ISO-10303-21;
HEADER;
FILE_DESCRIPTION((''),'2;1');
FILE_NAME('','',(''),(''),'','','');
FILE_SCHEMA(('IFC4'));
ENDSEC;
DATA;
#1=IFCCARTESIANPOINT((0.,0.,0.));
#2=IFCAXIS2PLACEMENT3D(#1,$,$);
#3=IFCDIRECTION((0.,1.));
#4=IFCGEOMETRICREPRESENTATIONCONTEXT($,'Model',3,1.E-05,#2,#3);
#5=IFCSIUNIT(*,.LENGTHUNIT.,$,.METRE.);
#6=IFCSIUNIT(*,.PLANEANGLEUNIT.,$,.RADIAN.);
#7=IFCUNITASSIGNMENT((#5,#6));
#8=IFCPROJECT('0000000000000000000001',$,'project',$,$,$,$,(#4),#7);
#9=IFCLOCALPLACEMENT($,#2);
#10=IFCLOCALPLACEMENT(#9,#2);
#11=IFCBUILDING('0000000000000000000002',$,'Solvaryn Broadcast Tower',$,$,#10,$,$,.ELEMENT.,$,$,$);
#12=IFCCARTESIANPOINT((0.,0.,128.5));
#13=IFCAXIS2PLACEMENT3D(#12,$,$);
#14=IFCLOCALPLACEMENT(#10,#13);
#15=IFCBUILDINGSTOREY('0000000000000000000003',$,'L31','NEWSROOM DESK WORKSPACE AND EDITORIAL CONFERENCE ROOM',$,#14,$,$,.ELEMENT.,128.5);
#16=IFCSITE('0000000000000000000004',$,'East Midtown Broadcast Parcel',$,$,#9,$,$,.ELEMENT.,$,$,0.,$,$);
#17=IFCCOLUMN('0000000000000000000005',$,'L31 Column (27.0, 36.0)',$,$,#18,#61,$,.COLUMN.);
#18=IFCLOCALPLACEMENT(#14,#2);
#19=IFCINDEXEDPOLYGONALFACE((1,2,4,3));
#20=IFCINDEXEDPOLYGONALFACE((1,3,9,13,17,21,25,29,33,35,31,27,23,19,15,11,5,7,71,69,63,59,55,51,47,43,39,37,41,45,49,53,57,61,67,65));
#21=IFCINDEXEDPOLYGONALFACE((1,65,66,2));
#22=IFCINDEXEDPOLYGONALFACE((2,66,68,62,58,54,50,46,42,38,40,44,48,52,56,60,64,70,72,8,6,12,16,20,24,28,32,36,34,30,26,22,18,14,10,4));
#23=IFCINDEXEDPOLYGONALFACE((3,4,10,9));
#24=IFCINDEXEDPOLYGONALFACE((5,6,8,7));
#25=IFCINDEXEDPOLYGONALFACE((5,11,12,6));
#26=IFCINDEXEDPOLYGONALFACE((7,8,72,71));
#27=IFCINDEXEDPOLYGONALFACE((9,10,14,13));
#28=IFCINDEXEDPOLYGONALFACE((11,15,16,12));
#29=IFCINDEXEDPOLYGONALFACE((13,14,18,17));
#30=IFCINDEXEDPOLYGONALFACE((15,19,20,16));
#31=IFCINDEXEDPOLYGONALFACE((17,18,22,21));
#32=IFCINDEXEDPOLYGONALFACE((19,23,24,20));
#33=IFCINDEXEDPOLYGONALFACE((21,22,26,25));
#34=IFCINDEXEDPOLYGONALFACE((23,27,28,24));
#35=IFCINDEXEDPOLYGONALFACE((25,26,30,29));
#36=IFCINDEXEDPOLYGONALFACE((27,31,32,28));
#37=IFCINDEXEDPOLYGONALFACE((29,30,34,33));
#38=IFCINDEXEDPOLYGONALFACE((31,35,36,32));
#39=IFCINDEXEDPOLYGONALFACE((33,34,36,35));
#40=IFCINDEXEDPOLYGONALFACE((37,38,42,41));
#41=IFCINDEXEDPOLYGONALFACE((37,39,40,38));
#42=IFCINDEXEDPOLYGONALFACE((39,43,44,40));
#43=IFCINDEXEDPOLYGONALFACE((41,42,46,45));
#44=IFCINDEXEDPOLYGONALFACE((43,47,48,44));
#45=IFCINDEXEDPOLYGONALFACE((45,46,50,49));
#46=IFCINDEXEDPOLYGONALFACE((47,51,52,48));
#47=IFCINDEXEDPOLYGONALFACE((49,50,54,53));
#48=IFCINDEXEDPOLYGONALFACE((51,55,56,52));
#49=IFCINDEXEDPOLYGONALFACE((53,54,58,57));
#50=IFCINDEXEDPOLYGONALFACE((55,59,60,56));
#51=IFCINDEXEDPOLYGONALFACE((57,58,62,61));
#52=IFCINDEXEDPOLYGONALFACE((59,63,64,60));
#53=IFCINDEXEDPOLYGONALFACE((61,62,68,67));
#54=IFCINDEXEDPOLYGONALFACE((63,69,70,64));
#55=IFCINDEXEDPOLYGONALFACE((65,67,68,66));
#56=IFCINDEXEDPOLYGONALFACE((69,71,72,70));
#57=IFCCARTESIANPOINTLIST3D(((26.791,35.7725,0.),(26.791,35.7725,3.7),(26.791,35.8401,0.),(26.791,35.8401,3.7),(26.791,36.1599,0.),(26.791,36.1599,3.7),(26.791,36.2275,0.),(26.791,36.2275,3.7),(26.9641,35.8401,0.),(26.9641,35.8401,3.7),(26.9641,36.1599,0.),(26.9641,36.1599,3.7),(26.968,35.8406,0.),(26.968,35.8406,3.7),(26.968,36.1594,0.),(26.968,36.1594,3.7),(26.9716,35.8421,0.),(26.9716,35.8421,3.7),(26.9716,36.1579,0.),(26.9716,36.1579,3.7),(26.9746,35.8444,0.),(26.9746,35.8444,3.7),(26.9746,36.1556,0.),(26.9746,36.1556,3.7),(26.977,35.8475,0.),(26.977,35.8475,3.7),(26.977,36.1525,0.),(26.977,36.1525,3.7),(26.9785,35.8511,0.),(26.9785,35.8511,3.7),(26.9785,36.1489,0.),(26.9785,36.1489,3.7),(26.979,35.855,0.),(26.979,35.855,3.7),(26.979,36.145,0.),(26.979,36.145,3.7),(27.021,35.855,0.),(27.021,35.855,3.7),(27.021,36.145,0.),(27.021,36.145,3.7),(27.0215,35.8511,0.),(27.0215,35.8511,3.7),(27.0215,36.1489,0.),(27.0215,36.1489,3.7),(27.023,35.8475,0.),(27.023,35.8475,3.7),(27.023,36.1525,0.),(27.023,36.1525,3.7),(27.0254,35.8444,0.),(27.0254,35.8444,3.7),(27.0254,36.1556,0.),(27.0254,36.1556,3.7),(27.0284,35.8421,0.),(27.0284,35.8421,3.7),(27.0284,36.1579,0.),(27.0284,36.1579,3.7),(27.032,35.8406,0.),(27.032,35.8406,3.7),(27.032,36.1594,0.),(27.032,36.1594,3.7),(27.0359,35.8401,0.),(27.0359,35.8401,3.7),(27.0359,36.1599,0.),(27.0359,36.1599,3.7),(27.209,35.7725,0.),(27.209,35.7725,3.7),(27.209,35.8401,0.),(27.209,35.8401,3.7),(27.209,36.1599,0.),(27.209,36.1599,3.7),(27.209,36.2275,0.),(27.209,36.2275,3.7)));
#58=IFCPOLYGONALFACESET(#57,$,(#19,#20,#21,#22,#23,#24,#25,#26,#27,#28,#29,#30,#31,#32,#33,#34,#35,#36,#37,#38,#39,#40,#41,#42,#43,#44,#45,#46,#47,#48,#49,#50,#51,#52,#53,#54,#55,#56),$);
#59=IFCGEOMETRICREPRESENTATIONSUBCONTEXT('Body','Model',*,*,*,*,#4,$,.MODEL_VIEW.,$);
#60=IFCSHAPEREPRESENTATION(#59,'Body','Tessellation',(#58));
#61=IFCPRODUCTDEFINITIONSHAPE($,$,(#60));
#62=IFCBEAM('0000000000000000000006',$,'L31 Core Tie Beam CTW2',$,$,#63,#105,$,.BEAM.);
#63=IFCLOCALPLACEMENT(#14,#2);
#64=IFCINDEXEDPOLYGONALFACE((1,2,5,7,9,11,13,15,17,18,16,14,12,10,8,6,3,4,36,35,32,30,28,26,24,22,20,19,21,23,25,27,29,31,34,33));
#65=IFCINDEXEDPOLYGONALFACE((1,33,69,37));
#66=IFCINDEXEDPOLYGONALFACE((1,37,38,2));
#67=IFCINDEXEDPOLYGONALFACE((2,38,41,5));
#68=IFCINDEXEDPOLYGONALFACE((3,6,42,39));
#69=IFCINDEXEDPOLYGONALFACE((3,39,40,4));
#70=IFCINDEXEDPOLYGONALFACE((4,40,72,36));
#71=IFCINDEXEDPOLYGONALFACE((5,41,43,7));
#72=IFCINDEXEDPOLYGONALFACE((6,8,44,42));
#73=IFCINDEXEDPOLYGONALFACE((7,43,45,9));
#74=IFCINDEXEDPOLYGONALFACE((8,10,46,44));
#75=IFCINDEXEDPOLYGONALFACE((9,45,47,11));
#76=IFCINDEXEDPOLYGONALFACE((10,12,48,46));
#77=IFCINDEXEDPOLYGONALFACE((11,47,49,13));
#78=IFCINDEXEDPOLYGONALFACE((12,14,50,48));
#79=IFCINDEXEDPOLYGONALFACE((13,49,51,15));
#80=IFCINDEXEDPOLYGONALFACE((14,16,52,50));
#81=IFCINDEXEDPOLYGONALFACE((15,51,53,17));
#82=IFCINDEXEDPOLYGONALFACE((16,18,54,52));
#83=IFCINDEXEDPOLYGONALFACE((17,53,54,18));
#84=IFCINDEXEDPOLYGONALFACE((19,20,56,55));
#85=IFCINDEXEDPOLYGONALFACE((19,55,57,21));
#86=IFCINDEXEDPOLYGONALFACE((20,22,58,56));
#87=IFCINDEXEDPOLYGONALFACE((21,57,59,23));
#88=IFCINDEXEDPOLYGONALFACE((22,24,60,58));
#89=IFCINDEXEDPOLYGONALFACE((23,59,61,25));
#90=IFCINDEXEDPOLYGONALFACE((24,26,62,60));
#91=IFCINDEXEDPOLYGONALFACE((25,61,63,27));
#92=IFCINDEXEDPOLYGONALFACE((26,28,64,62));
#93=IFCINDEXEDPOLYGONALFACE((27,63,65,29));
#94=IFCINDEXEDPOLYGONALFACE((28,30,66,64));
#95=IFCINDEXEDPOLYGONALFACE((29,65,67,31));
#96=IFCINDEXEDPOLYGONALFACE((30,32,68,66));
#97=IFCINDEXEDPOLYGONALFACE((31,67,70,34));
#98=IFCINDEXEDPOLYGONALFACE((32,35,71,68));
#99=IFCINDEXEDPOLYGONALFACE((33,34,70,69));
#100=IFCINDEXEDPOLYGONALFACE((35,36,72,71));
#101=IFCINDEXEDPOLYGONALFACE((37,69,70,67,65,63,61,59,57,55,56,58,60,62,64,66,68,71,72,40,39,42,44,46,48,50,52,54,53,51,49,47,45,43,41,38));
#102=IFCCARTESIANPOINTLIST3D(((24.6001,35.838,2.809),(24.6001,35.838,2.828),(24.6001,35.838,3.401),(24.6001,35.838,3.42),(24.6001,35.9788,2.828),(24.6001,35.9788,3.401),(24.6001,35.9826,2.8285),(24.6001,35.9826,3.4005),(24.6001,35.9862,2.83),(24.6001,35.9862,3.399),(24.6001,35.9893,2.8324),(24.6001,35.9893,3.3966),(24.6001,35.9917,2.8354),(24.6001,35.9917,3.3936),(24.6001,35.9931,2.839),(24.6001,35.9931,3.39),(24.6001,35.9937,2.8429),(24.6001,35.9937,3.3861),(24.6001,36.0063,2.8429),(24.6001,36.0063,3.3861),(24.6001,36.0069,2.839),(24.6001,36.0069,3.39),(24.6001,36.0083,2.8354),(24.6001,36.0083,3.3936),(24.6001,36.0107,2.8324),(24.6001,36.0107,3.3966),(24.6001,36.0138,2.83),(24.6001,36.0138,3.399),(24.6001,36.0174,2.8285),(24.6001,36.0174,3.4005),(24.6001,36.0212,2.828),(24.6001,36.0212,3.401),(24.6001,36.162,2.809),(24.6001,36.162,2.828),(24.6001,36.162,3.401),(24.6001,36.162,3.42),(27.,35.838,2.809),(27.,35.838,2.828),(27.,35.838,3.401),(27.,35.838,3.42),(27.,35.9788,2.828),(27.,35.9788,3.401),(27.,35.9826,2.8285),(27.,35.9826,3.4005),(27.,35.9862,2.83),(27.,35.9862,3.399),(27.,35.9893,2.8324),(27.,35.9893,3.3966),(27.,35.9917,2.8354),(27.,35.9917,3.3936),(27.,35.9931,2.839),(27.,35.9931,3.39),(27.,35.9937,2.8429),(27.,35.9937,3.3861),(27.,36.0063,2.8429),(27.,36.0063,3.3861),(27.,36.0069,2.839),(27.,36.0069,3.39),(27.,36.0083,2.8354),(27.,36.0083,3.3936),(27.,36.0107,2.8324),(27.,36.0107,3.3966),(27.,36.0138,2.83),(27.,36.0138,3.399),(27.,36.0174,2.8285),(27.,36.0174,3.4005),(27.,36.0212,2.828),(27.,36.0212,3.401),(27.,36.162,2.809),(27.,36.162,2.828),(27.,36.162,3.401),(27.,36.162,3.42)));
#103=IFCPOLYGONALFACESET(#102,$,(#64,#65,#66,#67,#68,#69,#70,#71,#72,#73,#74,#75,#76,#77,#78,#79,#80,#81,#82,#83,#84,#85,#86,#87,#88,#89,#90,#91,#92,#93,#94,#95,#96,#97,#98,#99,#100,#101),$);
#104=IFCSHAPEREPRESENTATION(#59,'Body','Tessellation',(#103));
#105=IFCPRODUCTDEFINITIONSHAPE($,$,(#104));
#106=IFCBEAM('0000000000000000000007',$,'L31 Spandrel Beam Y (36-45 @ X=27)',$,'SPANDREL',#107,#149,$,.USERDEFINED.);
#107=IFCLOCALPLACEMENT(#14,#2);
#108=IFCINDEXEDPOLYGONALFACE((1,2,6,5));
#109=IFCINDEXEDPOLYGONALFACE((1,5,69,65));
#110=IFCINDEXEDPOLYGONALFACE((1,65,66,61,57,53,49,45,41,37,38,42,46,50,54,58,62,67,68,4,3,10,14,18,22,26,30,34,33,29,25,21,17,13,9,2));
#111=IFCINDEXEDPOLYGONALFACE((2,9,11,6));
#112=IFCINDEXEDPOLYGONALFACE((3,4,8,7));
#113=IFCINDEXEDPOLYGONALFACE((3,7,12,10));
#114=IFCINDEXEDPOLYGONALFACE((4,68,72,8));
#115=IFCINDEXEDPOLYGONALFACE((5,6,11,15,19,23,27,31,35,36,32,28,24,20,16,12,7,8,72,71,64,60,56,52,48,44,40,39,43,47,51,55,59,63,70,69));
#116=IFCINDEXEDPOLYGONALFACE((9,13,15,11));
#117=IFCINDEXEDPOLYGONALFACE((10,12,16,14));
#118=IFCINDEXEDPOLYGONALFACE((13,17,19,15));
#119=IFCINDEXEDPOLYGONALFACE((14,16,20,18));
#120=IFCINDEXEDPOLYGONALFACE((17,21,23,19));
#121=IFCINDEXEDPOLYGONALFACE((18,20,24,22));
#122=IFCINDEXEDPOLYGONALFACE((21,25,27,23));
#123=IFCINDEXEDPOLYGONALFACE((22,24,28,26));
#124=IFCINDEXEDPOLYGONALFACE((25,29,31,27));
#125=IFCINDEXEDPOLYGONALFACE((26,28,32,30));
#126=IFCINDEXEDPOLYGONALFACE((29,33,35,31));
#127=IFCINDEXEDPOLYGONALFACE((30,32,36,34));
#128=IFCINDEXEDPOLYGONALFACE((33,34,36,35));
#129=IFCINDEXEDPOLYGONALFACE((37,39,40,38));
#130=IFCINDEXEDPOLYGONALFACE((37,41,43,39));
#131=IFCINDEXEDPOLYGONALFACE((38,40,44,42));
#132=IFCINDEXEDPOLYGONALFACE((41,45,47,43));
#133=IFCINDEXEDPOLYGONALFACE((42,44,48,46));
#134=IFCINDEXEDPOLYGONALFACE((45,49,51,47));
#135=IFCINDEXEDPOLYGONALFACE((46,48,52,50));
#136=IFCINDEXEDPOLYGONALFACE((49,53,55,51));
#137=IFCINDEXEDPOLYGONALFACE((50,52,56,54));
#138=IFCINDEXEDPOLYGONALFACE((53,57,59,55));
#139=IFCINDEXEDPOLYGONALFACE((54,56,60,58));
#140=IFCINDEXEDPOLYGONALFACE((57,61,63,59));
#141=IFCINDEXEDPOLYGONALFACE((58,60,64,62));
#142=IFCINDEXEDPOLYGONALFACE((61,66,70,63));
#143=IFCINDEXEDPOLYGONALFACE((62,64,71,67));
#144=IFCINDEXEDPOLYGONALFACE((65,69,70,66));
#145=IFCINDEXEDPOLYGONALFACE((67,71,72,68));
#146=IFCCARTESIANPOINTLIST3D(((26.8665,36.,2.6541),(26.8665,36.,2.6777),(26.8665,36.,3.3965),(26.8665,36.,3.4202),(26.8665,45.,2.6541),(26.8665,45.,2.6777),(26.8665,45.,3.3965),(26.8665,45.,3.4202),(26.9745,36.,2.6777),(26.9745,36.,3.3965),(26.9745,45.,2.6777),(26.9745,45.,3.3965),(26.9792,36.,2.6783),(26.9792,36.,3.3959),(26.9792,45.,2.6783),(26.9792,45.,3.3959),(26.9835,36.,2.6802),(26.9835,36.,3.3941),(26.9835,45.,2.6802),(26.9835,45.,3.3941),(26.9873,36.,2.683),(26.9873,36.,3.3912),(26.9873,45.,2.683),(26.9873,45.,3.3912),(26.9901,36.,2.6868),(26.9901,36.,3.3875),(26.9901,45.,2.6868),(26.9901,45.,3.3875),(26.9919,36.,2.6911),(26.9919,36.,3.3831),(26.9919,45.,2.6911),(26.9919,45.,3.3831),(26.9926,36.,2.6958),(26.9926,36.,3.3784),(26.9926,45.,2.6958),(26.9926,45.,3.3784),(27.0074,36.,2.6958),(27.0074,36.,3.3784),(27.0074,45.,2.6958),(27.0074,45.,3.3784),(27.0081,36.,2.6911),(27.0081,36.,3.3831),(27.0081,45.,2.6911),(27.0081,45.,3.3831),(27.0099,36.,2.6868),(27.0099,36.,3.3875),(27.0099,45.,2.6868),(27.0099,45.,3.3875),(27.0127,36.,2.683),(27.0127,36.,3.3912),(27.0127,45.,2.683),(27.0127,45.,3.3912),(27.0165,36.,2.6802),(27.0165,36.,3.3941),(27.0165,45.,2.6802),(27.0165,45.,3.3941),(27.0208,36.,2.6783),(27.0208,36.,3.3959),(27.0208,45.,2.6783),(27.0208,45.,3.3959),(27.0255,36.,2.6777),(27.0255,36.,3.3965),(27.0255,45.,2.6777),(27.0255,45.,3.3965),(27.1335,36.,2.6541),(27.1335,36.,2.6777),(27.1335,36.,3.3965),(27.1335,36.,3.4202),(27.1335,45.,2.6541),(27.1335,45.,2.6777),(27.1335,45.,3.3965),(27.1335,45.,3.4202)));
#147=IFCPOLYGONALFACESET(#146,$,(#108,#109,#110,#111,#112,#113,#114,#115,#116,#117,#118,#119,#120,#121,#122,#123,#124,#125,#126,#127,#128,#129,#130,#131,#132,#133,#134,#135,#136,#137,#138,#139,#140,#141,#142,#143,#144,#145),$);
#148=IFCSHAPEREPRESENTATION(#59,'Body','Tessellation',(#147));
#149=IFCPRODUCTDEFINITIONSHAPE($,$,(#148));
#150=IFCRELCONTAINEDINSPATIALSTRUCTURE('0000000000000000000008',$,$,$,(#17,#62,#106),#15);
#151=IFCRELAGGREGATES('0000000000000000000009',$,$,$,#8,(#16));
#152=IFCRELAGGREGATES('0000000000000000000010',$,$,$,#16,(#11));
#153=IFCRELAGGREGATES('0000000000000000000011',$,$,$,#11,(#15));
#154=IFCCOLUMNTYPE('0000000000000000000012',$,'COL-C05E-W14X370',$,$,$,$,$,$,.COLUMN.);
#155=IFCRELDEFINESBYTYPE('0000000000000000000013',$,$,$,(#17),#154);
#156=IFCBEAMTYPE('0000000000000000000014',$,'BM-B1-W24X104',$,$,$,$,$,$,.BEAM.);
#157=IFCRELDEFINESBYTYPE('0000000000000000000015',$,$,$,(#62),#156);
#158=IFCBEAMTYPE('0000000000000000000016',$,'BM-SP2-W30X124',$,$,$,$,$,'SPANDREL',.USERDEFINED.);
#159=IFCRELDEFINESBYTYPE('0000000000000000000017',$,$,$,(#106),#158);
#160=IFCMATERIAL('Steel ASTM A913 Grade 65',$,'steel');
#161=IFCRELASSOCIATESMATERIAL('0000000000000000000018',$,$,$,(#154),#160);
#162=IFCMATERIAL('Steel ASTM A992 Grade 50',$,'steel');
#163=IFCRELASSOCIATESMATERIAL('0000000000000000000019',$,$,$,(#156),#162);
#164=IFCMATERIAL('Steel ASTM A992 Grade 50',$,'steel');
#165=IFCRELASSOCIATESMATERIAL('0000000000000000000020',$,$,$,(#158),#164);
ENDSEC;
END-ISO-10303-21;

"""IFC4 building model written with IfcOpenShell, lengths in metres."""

from ifc_helpers import new_model, si_unit, direction, frame, origin, origin_2d, place, context, subcontext, project, spatial, i_section, extrude, material, material_profile, profile_set, type_object, element, save


model = new_model("IFC4")

# Units and contexts
model_context = context("Model", 3, precision=1e-05, world=origin(), true_north=direction((0.0, 1.0)))
body_context = subcontext(model_context, "Body", "Model", "MODEL_VIEW")
ifc_project = project(units=[si_unit("LENGTHUNIT", "METRE"), si_unit("PLANEANGLEUNIT", "RADIAN")], contexts=[model_context])

# Site, building, storey
site_placement = place(None, origin())
site = spatial("IfcSite", under=ifc_project, at=site_placement, Name="East Midtown Broadcast Parcel", CompositionType="ELEMENT", RefElevation=0.0)
building_placement = place(site_placement, origin())
building = spatial("IfcBuilding", under=site, at=building_placement, Name="Solvaryn Broadcast Tower", CompositionType="ELEMENT")
storey_placement = place(building_placement, frame((0.0, 0.0, 128.5)))
storey = spatial("IfcBuildingStorey", under=building, at=storey_placement, Name="L31", Description="NEWSROOM DESK WORKSPACE AND EDITORIAL CONFERENCE ROOM", CompositionType="ELEMENT", Elevation=128.5)

# Column
ifc_material_1 = material(Name="Steel ASTM A913 Grade 65", Category="steel")
ifc_material_profile_1 = material_profile(ifc_material_1, i_section(OverallWidth=0.418, OverallDepth=0.4551, WebThickness=0.042, FlangeThickness=0.0676, FilletRadius=0.0149, at=origin_2d()))
ifc_profile_set_1 = profile_set([ifc_material_profile_1], Name="Steel ASTM A913 Grade 65")
column_type = type_object("IfcColumnType", Name="COL-C05E-W14X370", PredefinedType="COLUMN", material=ifc_profile_set_1)
column_placement = place(storey_placement, frame((27.0, 36.0, 0.0), z_axis=(0.0, 0.0, 1.0), x_axis=(1.0, 0.0, 0.0)))
element("IfcColumn", 1, at=column_placement, inside=storey, type_object=column_type, Name="L31 Column (27.0, 36.0)", PredefinedType="COLUMN", context=body_context, shape_type="SweptSolid", body=[
    extrude(i_section(OverallWidth=0.418, OverallDepth=0.4551, WebThickness=0.042, FlangeThickness=0.0676, FilletRadius=0.0149, at=origin_2d()), origin(), (0.0, 0.0, 1.0), 3.7),
])

# Beams
ifc_material_2 = material(Name="Steel ASTM A992 Grade 50", Category="steel")
ifc_material_profile_2 = material_profile(ifc_material_2, i_section(OverallWidth=0.324, OverallDepth=0.6111, WebThickness=0.0127, FlangeThickness=0.019, FilletRadius=0.0149, at=origin_2d()))
ifc_profile_set_2 = profile_set([ifc_material_profile_2], Name="Steel ASTM A992 Grade 50")
beam_type_1 = type_object("IfcBeamType", Name="BM-B1-W24X104", PredefinedType="BEAM", material=ifc_profile_set_2)
beam_1_placement = place(storey_placement, frame((24.6001, 36.0, 3.1145), z_axis=(1.0, 0.0, 0.0), x_axis=(0.0, 1.0, 0.0)))
element("IfcBeam", 2, at=beam_1_placement, inside=storey, type_object=beam_type_1, Name="L31 Core Tie Beam CTW2", PredefinedType="BEAM", context=body_context, shape_type="SweptSolid", body=[
    extrude(i_section(OverallWidth=0.324, OverallDepth=0.6111, WebThickness=0.0127, FlangeThickness=0.019, FilletRadius=0.0149, at=origin_2d()), origin(), (0.0, 0.0, 1.0), 2.3999),
])
ifc_material_3 = material(Name="Steel ASTM A992 Grade 50", Category="steel")
ifc_material_profile_3 = material_profile(ifc_material_3, i_section(OverallWidth=0.2671, OverallDepth=0.7661, WebThickness=0.0149, FlangeThickness=0.0237, FilletRadius=0.0181, at=origin_2d()))
ifc_profile_set_3 = profile_set([ifc_material_profile_3], Name="Steel ASTM A992 Grade 50")
beam_type_2 = type_object("IfcBeamType", Name="BM-SP2-W30X124", ElementType="SPANDREL", PredefinedType="USERDEFINED", material=ifc_profile_set_3)
beam_2_placement = place(storey_placement, frame((27.0, 36.0, 3.0371), z_axis=(0.0, 1.0, 0.0), x_axis=(-1.0, 0.0, 0.0)))
element("IfcBeam", 3, at=beam_2_placement, inside=storey, type_object=beam_type_2, Name="L31 Spandrel Beam Y (36-45 @ X=27)", ObjectType="SPANDREL", PredefinedType="USERDEFINED", context=body_context, shape_type="SweptSolid", body=[
    extrude(i_section(OverallWidth=0.2671, OverallDepth=0.7661, WebThickness=0.0149, FlangeThickness=0.0237, FilletRadius=0.0181, at=origin_2d()), origin(), (0.0, 0.0, 1.0), 9.0),
])

save(model, "model.ifc")
